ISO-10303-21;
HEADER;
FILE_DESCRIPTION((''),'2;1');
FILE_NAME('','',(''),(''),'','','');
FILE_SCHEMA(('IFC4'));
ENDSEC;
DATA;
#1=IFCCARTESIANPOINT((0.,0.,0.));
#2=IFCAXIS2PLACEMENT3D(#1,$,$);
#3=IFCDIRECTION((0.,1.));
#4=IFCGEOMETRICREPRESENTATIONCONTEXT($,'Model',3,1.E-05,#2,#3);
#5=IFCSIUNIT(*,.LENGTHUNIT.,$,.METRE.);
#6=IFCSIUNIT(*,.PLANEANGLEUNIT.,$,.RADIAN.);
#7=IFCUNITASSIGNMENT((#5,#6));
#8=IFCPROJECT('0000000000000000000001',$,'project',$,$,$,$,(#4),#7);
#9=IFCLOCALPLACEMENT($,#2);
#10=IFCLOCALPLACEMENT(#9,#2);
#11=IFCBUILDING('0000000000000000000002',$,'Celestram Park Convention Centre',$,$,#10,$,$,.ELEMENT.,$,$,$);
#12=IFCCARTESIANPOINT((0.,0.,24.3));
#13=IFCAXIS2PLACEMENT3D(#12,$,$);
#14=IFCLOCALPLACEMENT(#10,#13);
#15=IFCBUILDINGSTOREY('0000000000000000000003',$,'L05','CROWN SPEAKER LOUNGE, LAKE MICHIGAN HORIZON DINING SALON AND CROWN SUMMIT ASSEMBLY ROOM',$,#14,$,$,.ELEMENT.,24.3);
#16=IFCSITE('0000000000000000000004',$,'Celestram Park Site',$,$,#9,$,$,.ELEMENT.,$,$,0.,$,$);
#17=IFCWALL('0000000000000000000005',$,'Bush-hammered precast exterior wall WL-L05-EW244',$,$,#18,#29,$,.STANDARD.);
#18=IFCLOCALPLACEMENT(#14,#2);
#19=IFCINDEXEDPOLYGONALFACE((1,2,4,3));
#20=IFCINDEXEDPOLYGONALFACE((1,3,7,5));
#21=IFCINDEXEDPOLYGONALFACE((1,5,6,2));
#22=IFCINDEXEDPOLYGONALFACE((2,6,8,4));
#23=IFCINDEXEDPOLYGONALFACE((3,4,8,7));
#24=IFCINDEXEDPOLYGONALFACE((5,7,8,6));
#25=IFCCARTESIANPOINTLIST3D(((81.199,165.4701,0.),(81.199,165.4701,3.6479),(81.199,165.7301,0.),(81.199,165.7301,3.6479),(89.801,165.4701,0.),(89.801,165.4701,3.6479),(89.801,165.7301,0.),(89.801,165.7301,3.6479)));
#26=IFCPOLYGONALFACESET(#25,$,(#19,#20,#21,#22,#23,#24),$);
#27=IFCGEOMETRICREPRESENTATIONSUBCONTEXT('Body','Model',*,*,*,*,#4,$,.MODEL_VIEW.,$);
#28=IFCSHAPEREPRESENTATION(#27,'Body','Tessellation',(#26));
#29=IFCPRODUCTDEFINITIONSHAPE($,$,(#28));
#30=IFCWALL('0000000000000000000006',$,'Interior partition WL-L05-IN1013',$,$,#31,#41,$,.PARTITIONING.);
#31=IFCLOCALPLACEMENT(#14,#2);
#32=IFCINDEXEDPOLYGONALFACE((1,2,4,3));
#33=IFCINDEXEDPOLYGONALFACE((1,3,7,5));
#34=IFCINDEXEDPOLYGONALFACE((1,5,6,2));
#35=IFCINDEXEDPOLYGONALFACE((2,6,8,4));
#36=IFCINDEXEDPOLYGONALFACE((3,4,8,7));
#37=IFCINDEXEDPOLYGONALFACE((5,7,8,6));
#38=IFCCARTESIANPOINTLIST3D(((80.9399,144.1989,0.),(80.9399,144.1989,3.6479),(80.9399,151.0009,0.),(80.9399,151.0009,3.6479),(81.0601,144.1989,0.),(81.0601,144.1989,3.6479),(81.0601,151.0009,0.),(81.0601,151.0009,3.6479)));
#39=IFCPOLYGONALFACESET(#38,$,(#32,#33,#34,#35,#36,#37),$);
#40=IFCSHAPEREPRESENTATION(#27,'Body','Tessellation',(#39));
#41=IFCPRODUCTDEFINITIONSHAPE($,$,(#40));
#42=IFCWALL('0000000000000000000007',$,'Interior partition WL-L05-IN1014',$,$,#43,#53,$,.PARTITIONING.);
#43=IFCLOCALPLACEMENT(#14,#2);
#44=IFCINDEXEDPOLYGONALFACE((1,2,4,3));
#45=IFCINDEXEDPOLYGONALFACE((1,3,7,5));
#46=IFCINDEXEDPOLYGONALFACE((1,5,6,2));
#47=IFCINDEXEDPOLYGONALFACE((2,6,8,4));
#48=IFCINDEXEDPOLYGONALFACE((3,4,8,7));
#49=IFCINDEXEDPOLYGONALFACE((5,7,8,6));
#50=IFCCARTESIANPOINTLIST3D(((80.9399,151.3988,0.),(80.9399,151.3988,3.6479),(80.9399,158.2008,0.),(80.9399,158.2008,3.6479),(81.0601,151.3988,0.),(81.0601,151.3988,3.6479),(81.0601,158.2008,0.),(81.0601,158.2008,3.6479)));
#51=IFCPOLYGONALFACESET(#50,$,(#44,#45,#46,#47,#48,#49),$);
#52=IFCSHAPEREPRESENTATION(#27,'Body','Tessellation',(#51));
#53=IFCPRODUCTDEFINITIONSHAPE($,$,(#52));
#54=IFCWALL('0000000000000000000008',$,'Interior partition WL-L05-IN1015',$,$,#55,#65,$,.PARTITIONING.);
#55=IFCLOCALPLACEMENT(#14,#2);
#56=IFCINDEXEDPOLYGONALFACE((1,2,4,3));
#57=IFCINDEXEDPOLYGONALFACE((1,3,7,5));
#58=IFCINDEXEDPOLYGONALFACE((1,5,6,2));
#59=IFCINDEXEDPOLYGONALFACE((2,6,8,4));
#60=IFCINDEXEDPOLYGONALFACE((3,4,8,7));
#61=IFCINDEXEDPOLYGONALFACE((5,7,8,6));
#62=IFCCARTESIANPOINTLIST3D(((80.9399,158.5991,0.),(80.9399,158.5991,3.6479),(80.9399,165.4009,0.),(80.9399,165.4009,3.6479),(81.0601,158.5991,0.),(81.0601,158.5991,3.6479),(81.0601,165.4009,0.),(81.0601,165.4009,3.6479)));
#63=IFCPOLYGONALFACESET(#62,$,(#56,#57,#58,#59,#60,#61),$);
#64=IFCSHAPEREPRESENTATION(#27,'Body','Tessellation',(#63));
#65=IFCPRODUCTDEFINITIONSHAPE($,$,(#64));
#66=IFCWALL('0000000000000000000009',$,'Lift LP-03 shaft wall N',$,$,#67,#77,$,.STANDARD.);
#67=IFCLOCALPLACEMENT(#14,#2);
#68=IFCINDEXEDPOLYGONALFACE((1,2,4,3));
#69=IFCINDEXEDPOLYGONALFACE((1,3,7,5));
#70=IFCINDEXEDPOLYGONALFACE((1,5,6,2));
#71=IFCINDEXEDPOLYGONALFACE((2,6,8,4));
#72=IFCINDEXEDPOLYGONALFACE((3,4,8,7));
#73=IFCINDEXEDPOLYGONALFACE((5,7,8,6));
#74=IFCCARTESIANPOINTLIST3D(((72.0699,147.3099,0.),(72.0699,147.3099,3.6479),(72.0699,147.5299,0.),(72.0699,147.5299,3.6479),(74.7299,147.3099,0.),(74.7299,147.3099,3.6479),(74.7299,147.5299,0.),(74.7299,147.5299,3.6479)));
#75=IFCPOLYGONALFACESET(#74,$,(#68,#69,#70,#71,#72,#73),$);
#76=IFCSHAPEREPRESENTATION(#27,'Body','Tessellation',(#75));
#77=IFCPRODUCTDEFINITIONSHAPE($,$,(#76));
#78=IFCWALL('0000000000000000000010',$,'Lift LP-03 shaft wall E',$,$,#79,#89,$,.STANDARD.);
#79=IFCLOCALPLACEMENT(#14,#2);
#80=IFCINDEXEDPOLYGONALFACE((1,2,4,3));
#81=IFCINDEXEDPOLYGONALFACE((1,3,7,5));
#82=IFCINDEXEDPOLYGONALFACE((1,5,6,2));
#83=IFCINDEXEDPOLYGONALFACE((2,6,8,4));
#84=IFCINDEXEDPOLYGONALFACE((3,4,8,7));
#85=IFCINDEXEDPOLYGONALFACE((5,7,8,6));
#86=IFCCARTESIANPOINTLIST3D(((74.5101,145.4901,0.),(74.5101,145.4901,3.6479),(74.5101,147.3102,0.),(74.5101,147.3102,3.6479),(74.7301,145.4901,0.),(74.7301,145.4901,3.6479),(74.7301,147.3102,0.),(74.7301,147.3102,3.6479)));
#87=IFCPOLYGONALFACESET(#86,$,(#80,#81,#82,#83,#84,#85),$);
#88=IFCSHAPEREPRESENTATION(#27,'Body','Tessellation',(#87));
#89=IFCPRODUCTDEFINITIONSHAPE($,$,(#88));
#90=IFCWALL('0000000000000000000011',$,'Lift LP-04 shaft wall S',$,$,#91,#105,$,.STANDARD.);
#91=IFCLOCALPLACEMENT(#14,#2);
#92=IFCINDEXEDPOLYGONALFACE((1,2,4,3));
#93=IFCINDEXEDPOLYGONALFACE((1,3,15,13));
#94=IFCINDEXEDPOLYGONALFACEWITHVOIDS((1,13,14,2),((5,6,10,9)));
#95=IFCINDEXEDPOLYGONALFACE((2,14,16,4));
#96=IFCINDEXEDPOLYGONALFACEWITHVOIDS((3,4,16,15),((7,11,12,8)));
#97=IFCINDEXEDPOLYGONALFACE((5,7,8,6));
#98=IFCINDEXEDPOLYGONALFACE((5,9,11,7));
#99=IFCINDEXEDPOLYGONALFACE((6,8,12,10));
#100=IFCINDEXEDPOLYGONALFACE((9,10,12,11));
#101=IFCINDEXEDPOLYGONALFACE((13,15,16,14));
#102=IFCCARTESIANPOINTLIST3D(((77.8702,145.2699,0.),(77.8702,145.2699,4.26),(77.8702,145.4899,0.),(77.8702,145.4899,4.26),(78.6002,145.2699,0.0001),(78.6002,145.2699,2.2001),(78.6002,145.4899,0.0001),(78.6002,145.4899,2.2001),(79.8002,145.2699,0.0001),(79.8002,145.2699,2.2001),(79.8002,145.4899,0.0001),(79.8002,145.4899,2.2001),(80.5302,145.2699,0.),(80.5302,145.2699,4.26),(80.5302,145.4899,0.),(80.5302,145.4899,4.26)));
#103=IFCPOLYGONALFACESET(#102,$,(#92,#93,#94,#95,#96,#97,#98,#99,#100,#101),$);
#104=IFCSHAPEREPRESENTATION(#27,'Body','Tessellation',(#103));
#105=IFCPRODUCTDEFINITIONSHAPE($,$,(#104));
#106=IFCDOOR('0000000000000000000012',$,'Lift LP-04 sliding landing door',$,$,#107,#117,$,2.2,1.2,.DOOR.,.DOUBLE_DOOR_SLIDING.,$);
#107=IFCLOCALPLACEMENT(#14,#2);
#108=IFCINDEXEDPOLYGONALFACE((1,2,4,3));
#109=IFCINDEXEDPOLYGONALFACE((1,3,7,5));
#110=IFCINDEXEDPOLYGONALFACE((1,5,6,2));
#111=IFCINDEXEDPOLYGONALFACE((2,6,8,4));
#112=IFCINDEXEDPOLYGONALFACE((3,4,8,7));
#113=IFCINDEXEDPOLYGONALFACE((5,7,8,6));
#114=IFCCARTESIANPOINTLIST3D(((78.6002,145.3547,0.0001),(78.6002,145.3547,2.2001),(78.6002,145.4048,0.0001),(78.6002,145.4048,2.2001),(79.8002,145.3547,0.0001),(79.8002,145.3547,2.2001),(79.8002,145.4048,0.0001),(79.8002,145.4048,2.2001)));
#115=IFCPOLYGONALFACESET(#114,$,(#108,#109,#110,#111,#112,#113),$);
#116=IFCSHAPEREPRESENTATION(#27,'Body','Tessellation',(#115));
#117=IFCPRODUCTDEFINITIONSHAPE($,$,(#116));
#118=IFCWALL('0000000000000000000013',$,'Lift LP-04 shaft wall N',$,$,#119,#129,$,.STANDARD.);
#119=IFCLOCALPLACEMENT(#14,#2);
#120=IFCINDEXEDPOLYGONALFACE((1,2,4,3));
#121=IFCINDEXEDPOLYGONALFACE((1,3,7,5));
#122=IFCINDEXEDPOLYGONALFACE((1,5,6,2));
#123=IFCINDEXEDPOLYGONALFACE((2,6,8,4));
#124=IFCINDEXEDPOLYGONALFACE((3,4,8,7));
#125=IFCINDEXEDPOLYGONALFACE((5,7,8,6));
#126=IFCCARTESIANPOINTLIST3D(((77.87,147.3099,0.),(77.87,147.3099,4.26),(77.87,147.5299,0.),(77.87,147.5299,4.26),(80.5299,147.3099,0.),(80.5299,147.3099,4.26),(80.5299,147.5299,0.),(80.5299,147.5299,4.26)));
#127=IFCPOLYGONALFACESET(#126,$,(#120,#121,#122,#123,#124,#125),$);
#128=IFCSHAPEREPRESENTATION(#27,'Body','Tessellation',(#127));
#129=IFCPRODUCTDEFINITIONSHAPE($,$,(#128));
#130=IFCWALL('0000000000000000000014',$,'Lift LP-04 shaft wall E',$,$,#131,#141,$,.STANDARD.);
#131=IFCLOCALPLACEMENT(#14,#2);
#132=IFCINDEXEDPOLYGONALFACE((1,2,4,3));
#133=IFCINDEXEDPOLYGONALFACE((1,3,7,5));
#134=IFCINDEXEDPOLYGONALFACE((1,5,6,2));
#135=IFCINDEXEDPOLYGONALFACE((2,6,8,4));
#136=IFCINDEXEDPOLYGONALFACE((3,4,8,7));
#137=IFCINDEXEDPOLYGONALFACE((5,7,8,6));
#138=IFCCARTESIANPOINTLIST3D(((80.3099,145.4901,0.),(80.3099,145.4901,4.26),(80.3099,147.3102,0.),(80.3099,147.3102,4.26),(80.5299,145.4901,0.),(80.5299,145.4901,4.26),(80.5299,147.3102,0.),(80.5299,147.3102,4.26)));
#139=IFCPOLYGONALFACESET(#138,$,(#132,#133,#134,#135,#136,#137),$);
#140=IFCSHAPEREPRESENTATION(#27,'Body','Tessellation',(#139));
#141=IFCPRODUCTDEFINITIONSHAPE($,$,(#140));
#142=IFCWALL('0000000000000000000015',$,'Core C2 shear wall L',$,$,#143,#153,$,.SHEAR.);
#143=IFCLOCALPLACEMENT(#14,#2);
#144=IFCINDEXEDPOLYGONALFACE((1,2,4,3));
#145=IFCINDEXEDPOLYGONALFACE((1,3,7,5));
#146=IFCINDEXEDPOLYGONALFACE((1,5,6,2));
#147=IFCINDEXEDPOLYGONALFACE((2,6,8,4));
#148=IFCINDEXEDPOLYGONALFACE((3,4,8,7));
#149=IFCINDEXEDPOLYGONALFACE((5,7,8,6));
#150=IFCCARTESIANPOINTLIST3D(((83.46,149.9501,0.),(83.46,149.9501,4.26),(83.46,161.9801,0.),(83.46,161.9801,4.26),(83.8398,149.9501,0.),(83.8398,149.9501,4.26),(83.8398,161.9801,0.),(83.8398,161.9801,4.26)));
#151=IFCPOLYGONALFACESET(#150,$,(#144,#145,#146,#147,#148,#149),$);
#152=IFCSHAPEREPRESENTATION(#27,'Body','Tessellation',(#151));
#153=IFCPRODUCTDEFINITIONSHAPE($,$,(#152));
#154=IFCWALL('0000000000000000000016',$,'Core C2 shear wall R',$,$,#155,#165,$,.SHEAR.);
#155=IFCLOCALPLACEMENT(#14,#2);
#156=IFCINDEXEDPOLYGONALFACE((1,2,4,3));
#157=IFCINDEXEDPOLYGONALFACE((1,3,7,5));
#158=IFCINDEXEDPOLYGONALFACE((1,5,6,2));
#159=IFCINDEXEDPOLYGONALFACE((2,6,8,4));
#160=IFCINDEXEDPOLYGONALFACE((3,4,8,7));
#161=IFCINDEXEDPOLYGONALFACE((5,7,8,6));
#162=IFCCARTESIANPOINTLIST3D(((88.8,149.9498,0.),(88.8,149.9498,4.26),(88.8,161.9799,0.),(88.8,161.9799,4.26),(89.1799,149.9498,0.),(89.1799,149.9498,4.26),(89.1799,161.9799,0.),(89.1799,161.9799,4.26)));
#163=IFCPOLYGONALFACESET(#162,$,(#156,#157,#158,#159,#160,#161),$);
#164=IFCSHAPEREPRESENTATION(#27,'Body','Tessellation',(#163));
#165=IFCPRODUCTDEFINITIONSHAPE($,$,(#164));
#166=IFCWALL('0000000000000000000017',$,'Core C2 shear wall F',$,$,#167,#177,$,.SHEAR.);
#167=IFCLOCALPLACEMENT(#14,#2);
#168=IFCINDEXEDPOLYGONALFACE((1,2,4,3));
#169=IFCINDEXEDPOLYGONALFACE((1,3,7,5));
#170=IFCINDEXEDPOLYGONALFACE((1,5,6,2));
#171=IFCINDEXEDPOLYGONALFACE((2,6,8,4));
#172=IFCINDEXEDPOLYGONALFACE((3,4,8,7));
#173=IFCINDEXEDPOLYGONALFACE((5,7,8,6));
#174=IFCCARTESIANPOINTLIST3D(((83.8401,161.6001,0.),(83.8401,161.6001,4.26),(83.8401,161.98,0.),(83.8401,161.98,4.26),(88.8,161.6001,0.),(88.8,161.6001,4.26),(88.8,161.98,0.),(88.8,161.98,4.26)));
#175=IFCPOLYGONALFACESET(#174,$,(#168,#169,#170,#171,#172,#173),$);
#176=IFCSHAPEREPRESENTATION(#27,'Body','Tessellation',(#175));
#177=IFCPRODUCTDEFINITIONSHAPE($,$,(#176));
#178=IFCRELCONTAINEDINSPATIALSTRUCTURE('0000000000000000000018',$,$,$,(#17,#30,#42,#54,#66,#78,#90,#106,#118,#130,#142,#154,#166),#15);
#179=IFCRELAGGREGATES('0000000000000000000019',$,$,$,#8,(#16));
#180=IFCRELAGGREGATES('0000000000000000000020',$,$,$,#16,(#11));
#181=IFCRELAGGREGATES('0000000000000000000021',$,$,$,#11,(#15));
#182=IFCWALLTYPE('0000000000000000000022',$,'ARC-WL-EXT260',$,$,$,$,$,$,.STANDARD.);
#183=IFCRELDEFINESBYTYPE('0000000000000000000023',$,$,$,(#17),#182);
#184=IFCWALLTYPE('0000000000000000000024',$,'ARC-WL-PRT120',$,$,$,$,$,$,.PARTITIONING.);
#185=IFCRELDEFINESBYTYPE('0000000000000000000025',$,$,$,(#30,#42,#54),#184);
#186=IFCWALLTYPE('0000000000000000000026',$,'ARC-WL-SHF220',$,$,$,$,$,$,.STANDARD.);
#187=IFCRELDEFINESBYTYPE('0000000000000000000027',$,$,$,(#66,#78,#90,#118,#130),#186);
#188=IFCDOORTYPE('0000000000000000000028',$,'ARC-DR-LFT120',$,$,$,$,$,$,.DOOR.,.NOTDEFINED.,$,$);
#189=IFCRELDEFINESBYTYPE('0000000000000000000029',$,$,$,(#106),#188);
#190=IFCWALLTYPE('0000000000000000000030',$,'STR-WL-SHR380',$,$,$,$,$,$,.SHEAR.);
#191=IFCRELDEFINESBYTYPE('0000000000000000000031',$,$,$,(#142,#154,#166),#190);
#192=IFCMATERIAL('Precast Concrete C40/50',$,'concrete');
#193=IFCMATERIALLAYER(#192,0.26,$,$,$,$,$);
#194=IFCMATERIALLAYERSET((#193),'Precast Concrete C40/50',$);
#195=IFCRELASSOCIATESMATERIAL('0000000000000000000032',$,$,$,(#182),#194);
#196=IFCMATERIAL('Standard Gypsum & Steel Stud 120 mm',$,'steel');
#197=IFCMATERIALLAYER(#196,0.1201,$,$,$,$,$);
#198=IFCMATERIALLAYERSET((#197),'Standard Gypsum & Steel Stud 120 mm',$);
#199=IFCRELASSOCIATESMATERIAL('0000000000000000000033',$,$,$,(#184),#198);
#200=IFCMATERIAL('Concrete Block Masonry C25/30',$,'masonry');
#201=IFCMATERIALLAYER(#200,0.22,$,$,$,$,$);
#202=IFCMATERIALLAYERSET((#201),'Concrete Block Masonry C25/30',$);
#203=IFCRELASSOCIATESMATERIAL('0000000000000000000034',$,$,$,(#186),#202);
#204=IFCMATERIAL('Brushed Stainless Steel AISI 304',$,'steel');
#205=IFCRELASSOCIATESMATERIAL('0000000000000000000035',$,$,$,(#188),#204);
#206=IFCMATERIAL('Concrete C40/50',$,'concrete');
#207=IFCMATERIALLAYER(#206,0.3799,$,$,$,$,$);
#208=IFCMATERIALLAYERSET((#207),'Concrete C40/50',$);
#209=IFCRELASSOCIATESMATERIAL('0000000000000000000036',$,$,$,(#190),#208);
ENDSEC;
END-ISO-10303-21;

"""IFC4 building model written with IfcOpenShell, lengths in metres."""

from ifc_helpers import new_model, si_unit, direction, frame, frame_2d, origin, place, context, subcontext, project, spatial, rectangle, extrude, material, layer, layer_set, type_object, element, fill, save


model = new_model("IFC4")

# Units and contexts
model_context = context("Model", 3, precision=1e-05, world=origin(), true_north=direction((0.0, 1.0)))
body_context = subcontext(model_context, "Body", "Model", "MODEL_VIEW")
ifc_project = project(units=[si_unit("LENGTHUNIT", "METRE"), si_unit("PLANEANGLEUNIT", "RADIAN")], contexts=[model_context])

# Site, building, storey
site_placement = place(None, origin())
site = spatial("IfcSite", under=ifc_project, at=site_placement, Name="Celestram Park Site", CompositionType="ELEMENT", RefElevation=0.0)
building_placement = place(site_placement, origin())
building = spatial("IfcBuilding", under=site, at=building_placement, Name="Celestram Park Convention Centre", CompositionType="ELEMENT")
storey_placement = place(building_placement, frame((0.0, 0.0, 24.3)))
storey = spatial("IfcBuildingStorey", under=building, at=storey_placement, Name="L05", Description="CROWN SPEAKER LOUNGE, LAKE MICHIGAN HORIZON DINING SALON AND CROWN SUMMIT ASSEMBLY ROOM", CompositionType="ELEMENT", Elevation=24.3)

# Shared definitions
ifc_material_1 = material(Name="Concrete Block Masonry C25/30", Category="masonry")

# Walls
ifc_material_2 = material(Name="Precast Concrete C40/50", Category="concrete")
ifc_layer_1 = layer(ifc_material_2, 0.26)
ifc_layer_set_1 = layer_set([ifc_layer_1], Name="Precast Concrete C40/50")
wall_type_1 = type_object("IfcWallType", Name="ARC-WL-EXT260", PredefinedType="STANDARD", material=ifc_layer_set_1)
for number, where, z_axis, x_axis, name in (
    (1, (81.199, 165.6001, 0.0), (0.0, 0.0, 1.0), (1.0, 0.0, 0.0), "Bush-hammered precast exterior wall WL-L05-EW244"),
):
    element("IfcWall", number, at=place(storey_placement, frame(where, z_axis=z_axis, x_axis=x_axis)), inside=storey, type_object=wall_type_1, Name=name, PredefinedType="STANDARD", context=body_context, shape_type="SweptSolid", body=[
        extrude(rectangle(XDim=8.6021, YDim=0.26, at=frame_2d((4.301, 0.0))), origin(), (0.0, 0.0, 1.0), 3.6479),
    ])
ifc_material_3 = material(Name="Standard Gypsum & Steel Stud 120 mm", Category="steel")
ifc_layer_2 = layer(ifc_material_3, 0.1201)
ifc_layer_set_2 = layer_set([ifc_layer_2], Name="Standard Gypsum & Steel Stud 120 mm")
wall_type_2 = type_object("IfcWallType", Name="ARC-WL-PRT120", PredefinedType="PARTITIONING", material=ifc_layer_set_2)
for number, where, z_axis, x_axis, name in (
    (2, (81.0, 144.199, 0.0), (0.0, 0.0, 1.0), (0.0, 1.0, 0.0), "Interior partition WL-L05-IN1013"),
    (3, (81.0, 151.3989, 0.0), (0.0, 0.0, 1.0), (0.0, 1.0, 0.0), "Interior partition WL-L05-IN1014"),
):
    element("IfcWall", number, at=place(storey_placement, frame(where, z_axis=z_axis, x_axis=x_axis)), inside=storey, type_object=wall_type_2, Name=name, PredefinedType="PARTITIONING", context=body_context, shape_type="SweptSolid", body=[
        extrude(rectangle(XDim=6.802, YDim=0.1201, at=frame_2d((3.4009, 0.0))), origin(), (0.0, 0.0, 1.0), 3.6479),
    ])
wall_1_placement = place(storey_placement, frame((81.0, 158.5991, 0.0), z_axis=(0.0, 0.0, 1.0), x_axis=(0.0, 1.0, 0.0)))
element("IfcWall", 4, at=wall_1_placement, inside=storey, type_object=wall_type_2, Name="Interior partition WL-L05-IN1015", PredefinedType="PARTITIONING", context=body_context, shape_type="SweptSolid", body=[
    extrude(rectangle(XDim=6.8018, YDim=0.1201, at=frame_2d((3.4009, 0.0))), origin(), (0.0, 0.0, 1.0), 3.6479),
])
ifc_layer_3 = layer(ifc_material_1, 0.22)
ifc_layer_set_3 = layer_set([ifc_layer_3], Name="Concrete Block Masonry C25/30")
wall_type_3 = type_object("IfcWallType", Name="ARC-WL-SHF220", PredefinedType="STANDARD", material=ifc_layer_set_3)
wall_2_placement = place(storey_placement, frame((74.73, 147.4199, 0.0), z_axis=(0.0, 0.0, 1.0), x_axis=(-1.0, 0.0, 0.0)))
element("IfcWall", 5, at=wall_2_placement, inside=storey, type_object=wall_type_3, Name="Lift LP-03 shaft wall N", PredefinedType="STANDARD", context=body_context, shape_type="SweptSolid", body=[
    extrude(rectangle(XDim=2.6599, YDim=0.22, at=frame_2d((1.3301, 0.0))), origin(), (0.0, 0.0, 1.0), 3.6479),
])
for number, where, z_axis, x_axis, name in (
    (6, (74.6201, 145.49, 0.0), (0.0, 0.0, 1.0), (0.0, 1.0, 0.0), "Lift LP-03 shaft wall E"),
):
    element("IfcWall", number, at=place(storey_placement, frame(where, z_axis=z_axis, x_axis=x_axis)), inside=storey, type_object=wall_type_3, Name=name, PredefinedType="STANDARD", context=body_context, shape_type="SweptSolid", body=[
        extrude(rectangle(XDim=1.8201, YDim=0.22, at=frame_2d((0.9102, 0.0))), origin(), (0.0, 0.0, 1.0), 3.6479),
    ])

# Wall, opening, door
wall_3_placement = place(storey_placement, frame((77.8701, 145.3799, 0.0), z_axis=(0.0, 0.0, 1.0), x_axis=(1.0, 0.0, 0.0)))
wall_3 = element("IfcWall", 7, at=wall_3_placement, inside=storey, type_object=wall_type_3, Name="Lift LP-04 shaft wall S", PredefinedType="STANDARD", context=body_context, shape_type="SweptSolid", body=[
    extrude(rectangle(XDim=2.6599, YDim=0.22, at=frame_2d((1.3301, 0.0))), origin(), (0.0, 0.0, 1.0), 4.26),
])
opening_1_placement = place(wall_3_placement, frame((0.73, 0.0, 0.0)))
opening_1 = element("IfcOpeningElement", 8, at=opening_1_placement, cuts=wall_3, PredefinedType="OPENING", context=body_context, shape_type="SweptSolid", body=[
    extrude(rectangle(XDim=1.2, YDim=2.2, at=frame_2d((0.6001, 1.1001))), frame((0.0, 0.1199, 0.0), z_axis=(0.0, -1.0, 0.0), x_axis=(1.0, 0.0, 0.0)), (0.0, 0.0, 1.0), 0.24),
])
ifc_material_4 = material(Name="Brushed Stainless Steel AISI 304", Category="steel")
door_type_1 = type_object("IfcDoorType", Name="ARC-DR-LFT120", OperationType="NOTDEFINED", PredefinedType="DOOR", material=ifc_material_4)
door_1_placement = place(opening_1_placement, origin())
door_1 = element("IfcDoor", 9, at=door_1_placement, inside=storey, type_object=door_type_1, Name="Lift LP-04 sliding landing door", OperationType="DOUBLE_DOOR_SLIDING", OverallHeight=2.2, OverallWidth=1.2, PredefinedType="DOOR", context=body_context, shape_type="SweptSolid", body=[
    extrude(rectangle(XDim=1.2, YDim=2.2, at=frame_2d((0.6001, 1.1001))), frame((0.0, 0.0249, 0.0), z_axis=(0.0, -1.0, 0.0), x_axis=(1.0, 0.0, 0.0)), (0.0, 0.0, 1.0), 0.05),
])
fill(opening_1, door_1)

# Walls
wall_4_placement = place(storey_placement, frame((80.53, 147.4199, 0.0), z_axis=(0.0, 0.0, 1.0), x_axis=(-1.0, 0.0, 0.0)))
element("IfcWall", 10, at=wall_4_placement, inside=storey, type_object=wall_type_3, Name="Lift LP-04 shaft wall N", PredefinedType="STANDARD", context=body_context, shape_type="SweptSolid", body=[
    extrude(rectangle(XDim=2.6599, YDim=0.22, at=frame_2d((1.3301, 0.0))), origin(), (0.0, 0.0, 1.0), 4.26),
])
for number, where, z_axis, x_axis, name in (
    (11, (80.4199, 145.49, 0.0), (0.0, 0.0, 1.0), (0.0, 1.0, 0.0), "Lift LP-04 shaft wall E"),
):
    element("IfcWall", number, at=place(storey_placement, frame(where, z_axis=z_axis, x_axis=x_axis)), inside=storey, type_object=wall_type_3, Name=name, PredefinedType="STANDARD", context=body_context, shape_type="SweptSolid", body=[
        extrude(rectangle(XDim=1.8201, YDim=0.22, at=frame_2d((0.9102, 0.0))), origin(), (0.0, 0.0, 1.0), 4.26),
    ])
ifc_material_5 = material(Name="Concrete C40/50", Category="concrete")
ifc_layer_4 = layer(ifc_material_5, 0.3799)
ifc_layer_set_4 = layer_set([ifc_layer_4], Name="Concrete C40/50")
wall_type_4 = type_object("IfcWallType", Name="STR-WL-SHR380", PredefinedType="SHEAR", material=ifc_layer_set_4)
for number, where, z_axis, x_axis, name in (
    (12, (83.6499, 149.95, 0.0), (0.0, 0.0, 1.0), (0.0, 1.0, 0.0), "Core C2 shear wall L"),
    (13, (88.99, 161.98, 0.0), (0.0, 0.0, 1.0), (0.0, -1.0, 0.0), "Core C2 shear wall R"),
):
    element("IfcWall", number, at=place(storey_placement, frame(where, z_axis=z_axis, x_axis=x_axis)), inside=storey, type_object=wall_type_4, Name=name, PredefinedType="SHEAR", context=body_context, shape_type="SweptSolid", body=[
        extrude(rectangle(XDim=12.03, YDim=0.3799, at=frame_2d((6.0151, 0.0))), origin(), (0.0, 0.0, 1.0), 4.26),
    ])
wall_5_placement = place(storey_placement, frame((83.8401, 161.79, 0.0), z_axis=(0.0, 0.0, 1.0), x_axis=(1.0, 0.0, 0.0)))
element("IfcWall", 14, at=wall_5_placement, inside=storey, type_object=wall_type_4, Name="Core C2 shear wall F", PredefinedType="SHEAR", context=body_context, shape_type="SweptSolid", body=[
    extrude(rectangle(XDim=4.96, YDim=0.3799, at=frame_2d((2.48, 0.0))), origin(), (0.0, 0.0, 1.0), 4.26),
])

save(model, "model.ifc")
